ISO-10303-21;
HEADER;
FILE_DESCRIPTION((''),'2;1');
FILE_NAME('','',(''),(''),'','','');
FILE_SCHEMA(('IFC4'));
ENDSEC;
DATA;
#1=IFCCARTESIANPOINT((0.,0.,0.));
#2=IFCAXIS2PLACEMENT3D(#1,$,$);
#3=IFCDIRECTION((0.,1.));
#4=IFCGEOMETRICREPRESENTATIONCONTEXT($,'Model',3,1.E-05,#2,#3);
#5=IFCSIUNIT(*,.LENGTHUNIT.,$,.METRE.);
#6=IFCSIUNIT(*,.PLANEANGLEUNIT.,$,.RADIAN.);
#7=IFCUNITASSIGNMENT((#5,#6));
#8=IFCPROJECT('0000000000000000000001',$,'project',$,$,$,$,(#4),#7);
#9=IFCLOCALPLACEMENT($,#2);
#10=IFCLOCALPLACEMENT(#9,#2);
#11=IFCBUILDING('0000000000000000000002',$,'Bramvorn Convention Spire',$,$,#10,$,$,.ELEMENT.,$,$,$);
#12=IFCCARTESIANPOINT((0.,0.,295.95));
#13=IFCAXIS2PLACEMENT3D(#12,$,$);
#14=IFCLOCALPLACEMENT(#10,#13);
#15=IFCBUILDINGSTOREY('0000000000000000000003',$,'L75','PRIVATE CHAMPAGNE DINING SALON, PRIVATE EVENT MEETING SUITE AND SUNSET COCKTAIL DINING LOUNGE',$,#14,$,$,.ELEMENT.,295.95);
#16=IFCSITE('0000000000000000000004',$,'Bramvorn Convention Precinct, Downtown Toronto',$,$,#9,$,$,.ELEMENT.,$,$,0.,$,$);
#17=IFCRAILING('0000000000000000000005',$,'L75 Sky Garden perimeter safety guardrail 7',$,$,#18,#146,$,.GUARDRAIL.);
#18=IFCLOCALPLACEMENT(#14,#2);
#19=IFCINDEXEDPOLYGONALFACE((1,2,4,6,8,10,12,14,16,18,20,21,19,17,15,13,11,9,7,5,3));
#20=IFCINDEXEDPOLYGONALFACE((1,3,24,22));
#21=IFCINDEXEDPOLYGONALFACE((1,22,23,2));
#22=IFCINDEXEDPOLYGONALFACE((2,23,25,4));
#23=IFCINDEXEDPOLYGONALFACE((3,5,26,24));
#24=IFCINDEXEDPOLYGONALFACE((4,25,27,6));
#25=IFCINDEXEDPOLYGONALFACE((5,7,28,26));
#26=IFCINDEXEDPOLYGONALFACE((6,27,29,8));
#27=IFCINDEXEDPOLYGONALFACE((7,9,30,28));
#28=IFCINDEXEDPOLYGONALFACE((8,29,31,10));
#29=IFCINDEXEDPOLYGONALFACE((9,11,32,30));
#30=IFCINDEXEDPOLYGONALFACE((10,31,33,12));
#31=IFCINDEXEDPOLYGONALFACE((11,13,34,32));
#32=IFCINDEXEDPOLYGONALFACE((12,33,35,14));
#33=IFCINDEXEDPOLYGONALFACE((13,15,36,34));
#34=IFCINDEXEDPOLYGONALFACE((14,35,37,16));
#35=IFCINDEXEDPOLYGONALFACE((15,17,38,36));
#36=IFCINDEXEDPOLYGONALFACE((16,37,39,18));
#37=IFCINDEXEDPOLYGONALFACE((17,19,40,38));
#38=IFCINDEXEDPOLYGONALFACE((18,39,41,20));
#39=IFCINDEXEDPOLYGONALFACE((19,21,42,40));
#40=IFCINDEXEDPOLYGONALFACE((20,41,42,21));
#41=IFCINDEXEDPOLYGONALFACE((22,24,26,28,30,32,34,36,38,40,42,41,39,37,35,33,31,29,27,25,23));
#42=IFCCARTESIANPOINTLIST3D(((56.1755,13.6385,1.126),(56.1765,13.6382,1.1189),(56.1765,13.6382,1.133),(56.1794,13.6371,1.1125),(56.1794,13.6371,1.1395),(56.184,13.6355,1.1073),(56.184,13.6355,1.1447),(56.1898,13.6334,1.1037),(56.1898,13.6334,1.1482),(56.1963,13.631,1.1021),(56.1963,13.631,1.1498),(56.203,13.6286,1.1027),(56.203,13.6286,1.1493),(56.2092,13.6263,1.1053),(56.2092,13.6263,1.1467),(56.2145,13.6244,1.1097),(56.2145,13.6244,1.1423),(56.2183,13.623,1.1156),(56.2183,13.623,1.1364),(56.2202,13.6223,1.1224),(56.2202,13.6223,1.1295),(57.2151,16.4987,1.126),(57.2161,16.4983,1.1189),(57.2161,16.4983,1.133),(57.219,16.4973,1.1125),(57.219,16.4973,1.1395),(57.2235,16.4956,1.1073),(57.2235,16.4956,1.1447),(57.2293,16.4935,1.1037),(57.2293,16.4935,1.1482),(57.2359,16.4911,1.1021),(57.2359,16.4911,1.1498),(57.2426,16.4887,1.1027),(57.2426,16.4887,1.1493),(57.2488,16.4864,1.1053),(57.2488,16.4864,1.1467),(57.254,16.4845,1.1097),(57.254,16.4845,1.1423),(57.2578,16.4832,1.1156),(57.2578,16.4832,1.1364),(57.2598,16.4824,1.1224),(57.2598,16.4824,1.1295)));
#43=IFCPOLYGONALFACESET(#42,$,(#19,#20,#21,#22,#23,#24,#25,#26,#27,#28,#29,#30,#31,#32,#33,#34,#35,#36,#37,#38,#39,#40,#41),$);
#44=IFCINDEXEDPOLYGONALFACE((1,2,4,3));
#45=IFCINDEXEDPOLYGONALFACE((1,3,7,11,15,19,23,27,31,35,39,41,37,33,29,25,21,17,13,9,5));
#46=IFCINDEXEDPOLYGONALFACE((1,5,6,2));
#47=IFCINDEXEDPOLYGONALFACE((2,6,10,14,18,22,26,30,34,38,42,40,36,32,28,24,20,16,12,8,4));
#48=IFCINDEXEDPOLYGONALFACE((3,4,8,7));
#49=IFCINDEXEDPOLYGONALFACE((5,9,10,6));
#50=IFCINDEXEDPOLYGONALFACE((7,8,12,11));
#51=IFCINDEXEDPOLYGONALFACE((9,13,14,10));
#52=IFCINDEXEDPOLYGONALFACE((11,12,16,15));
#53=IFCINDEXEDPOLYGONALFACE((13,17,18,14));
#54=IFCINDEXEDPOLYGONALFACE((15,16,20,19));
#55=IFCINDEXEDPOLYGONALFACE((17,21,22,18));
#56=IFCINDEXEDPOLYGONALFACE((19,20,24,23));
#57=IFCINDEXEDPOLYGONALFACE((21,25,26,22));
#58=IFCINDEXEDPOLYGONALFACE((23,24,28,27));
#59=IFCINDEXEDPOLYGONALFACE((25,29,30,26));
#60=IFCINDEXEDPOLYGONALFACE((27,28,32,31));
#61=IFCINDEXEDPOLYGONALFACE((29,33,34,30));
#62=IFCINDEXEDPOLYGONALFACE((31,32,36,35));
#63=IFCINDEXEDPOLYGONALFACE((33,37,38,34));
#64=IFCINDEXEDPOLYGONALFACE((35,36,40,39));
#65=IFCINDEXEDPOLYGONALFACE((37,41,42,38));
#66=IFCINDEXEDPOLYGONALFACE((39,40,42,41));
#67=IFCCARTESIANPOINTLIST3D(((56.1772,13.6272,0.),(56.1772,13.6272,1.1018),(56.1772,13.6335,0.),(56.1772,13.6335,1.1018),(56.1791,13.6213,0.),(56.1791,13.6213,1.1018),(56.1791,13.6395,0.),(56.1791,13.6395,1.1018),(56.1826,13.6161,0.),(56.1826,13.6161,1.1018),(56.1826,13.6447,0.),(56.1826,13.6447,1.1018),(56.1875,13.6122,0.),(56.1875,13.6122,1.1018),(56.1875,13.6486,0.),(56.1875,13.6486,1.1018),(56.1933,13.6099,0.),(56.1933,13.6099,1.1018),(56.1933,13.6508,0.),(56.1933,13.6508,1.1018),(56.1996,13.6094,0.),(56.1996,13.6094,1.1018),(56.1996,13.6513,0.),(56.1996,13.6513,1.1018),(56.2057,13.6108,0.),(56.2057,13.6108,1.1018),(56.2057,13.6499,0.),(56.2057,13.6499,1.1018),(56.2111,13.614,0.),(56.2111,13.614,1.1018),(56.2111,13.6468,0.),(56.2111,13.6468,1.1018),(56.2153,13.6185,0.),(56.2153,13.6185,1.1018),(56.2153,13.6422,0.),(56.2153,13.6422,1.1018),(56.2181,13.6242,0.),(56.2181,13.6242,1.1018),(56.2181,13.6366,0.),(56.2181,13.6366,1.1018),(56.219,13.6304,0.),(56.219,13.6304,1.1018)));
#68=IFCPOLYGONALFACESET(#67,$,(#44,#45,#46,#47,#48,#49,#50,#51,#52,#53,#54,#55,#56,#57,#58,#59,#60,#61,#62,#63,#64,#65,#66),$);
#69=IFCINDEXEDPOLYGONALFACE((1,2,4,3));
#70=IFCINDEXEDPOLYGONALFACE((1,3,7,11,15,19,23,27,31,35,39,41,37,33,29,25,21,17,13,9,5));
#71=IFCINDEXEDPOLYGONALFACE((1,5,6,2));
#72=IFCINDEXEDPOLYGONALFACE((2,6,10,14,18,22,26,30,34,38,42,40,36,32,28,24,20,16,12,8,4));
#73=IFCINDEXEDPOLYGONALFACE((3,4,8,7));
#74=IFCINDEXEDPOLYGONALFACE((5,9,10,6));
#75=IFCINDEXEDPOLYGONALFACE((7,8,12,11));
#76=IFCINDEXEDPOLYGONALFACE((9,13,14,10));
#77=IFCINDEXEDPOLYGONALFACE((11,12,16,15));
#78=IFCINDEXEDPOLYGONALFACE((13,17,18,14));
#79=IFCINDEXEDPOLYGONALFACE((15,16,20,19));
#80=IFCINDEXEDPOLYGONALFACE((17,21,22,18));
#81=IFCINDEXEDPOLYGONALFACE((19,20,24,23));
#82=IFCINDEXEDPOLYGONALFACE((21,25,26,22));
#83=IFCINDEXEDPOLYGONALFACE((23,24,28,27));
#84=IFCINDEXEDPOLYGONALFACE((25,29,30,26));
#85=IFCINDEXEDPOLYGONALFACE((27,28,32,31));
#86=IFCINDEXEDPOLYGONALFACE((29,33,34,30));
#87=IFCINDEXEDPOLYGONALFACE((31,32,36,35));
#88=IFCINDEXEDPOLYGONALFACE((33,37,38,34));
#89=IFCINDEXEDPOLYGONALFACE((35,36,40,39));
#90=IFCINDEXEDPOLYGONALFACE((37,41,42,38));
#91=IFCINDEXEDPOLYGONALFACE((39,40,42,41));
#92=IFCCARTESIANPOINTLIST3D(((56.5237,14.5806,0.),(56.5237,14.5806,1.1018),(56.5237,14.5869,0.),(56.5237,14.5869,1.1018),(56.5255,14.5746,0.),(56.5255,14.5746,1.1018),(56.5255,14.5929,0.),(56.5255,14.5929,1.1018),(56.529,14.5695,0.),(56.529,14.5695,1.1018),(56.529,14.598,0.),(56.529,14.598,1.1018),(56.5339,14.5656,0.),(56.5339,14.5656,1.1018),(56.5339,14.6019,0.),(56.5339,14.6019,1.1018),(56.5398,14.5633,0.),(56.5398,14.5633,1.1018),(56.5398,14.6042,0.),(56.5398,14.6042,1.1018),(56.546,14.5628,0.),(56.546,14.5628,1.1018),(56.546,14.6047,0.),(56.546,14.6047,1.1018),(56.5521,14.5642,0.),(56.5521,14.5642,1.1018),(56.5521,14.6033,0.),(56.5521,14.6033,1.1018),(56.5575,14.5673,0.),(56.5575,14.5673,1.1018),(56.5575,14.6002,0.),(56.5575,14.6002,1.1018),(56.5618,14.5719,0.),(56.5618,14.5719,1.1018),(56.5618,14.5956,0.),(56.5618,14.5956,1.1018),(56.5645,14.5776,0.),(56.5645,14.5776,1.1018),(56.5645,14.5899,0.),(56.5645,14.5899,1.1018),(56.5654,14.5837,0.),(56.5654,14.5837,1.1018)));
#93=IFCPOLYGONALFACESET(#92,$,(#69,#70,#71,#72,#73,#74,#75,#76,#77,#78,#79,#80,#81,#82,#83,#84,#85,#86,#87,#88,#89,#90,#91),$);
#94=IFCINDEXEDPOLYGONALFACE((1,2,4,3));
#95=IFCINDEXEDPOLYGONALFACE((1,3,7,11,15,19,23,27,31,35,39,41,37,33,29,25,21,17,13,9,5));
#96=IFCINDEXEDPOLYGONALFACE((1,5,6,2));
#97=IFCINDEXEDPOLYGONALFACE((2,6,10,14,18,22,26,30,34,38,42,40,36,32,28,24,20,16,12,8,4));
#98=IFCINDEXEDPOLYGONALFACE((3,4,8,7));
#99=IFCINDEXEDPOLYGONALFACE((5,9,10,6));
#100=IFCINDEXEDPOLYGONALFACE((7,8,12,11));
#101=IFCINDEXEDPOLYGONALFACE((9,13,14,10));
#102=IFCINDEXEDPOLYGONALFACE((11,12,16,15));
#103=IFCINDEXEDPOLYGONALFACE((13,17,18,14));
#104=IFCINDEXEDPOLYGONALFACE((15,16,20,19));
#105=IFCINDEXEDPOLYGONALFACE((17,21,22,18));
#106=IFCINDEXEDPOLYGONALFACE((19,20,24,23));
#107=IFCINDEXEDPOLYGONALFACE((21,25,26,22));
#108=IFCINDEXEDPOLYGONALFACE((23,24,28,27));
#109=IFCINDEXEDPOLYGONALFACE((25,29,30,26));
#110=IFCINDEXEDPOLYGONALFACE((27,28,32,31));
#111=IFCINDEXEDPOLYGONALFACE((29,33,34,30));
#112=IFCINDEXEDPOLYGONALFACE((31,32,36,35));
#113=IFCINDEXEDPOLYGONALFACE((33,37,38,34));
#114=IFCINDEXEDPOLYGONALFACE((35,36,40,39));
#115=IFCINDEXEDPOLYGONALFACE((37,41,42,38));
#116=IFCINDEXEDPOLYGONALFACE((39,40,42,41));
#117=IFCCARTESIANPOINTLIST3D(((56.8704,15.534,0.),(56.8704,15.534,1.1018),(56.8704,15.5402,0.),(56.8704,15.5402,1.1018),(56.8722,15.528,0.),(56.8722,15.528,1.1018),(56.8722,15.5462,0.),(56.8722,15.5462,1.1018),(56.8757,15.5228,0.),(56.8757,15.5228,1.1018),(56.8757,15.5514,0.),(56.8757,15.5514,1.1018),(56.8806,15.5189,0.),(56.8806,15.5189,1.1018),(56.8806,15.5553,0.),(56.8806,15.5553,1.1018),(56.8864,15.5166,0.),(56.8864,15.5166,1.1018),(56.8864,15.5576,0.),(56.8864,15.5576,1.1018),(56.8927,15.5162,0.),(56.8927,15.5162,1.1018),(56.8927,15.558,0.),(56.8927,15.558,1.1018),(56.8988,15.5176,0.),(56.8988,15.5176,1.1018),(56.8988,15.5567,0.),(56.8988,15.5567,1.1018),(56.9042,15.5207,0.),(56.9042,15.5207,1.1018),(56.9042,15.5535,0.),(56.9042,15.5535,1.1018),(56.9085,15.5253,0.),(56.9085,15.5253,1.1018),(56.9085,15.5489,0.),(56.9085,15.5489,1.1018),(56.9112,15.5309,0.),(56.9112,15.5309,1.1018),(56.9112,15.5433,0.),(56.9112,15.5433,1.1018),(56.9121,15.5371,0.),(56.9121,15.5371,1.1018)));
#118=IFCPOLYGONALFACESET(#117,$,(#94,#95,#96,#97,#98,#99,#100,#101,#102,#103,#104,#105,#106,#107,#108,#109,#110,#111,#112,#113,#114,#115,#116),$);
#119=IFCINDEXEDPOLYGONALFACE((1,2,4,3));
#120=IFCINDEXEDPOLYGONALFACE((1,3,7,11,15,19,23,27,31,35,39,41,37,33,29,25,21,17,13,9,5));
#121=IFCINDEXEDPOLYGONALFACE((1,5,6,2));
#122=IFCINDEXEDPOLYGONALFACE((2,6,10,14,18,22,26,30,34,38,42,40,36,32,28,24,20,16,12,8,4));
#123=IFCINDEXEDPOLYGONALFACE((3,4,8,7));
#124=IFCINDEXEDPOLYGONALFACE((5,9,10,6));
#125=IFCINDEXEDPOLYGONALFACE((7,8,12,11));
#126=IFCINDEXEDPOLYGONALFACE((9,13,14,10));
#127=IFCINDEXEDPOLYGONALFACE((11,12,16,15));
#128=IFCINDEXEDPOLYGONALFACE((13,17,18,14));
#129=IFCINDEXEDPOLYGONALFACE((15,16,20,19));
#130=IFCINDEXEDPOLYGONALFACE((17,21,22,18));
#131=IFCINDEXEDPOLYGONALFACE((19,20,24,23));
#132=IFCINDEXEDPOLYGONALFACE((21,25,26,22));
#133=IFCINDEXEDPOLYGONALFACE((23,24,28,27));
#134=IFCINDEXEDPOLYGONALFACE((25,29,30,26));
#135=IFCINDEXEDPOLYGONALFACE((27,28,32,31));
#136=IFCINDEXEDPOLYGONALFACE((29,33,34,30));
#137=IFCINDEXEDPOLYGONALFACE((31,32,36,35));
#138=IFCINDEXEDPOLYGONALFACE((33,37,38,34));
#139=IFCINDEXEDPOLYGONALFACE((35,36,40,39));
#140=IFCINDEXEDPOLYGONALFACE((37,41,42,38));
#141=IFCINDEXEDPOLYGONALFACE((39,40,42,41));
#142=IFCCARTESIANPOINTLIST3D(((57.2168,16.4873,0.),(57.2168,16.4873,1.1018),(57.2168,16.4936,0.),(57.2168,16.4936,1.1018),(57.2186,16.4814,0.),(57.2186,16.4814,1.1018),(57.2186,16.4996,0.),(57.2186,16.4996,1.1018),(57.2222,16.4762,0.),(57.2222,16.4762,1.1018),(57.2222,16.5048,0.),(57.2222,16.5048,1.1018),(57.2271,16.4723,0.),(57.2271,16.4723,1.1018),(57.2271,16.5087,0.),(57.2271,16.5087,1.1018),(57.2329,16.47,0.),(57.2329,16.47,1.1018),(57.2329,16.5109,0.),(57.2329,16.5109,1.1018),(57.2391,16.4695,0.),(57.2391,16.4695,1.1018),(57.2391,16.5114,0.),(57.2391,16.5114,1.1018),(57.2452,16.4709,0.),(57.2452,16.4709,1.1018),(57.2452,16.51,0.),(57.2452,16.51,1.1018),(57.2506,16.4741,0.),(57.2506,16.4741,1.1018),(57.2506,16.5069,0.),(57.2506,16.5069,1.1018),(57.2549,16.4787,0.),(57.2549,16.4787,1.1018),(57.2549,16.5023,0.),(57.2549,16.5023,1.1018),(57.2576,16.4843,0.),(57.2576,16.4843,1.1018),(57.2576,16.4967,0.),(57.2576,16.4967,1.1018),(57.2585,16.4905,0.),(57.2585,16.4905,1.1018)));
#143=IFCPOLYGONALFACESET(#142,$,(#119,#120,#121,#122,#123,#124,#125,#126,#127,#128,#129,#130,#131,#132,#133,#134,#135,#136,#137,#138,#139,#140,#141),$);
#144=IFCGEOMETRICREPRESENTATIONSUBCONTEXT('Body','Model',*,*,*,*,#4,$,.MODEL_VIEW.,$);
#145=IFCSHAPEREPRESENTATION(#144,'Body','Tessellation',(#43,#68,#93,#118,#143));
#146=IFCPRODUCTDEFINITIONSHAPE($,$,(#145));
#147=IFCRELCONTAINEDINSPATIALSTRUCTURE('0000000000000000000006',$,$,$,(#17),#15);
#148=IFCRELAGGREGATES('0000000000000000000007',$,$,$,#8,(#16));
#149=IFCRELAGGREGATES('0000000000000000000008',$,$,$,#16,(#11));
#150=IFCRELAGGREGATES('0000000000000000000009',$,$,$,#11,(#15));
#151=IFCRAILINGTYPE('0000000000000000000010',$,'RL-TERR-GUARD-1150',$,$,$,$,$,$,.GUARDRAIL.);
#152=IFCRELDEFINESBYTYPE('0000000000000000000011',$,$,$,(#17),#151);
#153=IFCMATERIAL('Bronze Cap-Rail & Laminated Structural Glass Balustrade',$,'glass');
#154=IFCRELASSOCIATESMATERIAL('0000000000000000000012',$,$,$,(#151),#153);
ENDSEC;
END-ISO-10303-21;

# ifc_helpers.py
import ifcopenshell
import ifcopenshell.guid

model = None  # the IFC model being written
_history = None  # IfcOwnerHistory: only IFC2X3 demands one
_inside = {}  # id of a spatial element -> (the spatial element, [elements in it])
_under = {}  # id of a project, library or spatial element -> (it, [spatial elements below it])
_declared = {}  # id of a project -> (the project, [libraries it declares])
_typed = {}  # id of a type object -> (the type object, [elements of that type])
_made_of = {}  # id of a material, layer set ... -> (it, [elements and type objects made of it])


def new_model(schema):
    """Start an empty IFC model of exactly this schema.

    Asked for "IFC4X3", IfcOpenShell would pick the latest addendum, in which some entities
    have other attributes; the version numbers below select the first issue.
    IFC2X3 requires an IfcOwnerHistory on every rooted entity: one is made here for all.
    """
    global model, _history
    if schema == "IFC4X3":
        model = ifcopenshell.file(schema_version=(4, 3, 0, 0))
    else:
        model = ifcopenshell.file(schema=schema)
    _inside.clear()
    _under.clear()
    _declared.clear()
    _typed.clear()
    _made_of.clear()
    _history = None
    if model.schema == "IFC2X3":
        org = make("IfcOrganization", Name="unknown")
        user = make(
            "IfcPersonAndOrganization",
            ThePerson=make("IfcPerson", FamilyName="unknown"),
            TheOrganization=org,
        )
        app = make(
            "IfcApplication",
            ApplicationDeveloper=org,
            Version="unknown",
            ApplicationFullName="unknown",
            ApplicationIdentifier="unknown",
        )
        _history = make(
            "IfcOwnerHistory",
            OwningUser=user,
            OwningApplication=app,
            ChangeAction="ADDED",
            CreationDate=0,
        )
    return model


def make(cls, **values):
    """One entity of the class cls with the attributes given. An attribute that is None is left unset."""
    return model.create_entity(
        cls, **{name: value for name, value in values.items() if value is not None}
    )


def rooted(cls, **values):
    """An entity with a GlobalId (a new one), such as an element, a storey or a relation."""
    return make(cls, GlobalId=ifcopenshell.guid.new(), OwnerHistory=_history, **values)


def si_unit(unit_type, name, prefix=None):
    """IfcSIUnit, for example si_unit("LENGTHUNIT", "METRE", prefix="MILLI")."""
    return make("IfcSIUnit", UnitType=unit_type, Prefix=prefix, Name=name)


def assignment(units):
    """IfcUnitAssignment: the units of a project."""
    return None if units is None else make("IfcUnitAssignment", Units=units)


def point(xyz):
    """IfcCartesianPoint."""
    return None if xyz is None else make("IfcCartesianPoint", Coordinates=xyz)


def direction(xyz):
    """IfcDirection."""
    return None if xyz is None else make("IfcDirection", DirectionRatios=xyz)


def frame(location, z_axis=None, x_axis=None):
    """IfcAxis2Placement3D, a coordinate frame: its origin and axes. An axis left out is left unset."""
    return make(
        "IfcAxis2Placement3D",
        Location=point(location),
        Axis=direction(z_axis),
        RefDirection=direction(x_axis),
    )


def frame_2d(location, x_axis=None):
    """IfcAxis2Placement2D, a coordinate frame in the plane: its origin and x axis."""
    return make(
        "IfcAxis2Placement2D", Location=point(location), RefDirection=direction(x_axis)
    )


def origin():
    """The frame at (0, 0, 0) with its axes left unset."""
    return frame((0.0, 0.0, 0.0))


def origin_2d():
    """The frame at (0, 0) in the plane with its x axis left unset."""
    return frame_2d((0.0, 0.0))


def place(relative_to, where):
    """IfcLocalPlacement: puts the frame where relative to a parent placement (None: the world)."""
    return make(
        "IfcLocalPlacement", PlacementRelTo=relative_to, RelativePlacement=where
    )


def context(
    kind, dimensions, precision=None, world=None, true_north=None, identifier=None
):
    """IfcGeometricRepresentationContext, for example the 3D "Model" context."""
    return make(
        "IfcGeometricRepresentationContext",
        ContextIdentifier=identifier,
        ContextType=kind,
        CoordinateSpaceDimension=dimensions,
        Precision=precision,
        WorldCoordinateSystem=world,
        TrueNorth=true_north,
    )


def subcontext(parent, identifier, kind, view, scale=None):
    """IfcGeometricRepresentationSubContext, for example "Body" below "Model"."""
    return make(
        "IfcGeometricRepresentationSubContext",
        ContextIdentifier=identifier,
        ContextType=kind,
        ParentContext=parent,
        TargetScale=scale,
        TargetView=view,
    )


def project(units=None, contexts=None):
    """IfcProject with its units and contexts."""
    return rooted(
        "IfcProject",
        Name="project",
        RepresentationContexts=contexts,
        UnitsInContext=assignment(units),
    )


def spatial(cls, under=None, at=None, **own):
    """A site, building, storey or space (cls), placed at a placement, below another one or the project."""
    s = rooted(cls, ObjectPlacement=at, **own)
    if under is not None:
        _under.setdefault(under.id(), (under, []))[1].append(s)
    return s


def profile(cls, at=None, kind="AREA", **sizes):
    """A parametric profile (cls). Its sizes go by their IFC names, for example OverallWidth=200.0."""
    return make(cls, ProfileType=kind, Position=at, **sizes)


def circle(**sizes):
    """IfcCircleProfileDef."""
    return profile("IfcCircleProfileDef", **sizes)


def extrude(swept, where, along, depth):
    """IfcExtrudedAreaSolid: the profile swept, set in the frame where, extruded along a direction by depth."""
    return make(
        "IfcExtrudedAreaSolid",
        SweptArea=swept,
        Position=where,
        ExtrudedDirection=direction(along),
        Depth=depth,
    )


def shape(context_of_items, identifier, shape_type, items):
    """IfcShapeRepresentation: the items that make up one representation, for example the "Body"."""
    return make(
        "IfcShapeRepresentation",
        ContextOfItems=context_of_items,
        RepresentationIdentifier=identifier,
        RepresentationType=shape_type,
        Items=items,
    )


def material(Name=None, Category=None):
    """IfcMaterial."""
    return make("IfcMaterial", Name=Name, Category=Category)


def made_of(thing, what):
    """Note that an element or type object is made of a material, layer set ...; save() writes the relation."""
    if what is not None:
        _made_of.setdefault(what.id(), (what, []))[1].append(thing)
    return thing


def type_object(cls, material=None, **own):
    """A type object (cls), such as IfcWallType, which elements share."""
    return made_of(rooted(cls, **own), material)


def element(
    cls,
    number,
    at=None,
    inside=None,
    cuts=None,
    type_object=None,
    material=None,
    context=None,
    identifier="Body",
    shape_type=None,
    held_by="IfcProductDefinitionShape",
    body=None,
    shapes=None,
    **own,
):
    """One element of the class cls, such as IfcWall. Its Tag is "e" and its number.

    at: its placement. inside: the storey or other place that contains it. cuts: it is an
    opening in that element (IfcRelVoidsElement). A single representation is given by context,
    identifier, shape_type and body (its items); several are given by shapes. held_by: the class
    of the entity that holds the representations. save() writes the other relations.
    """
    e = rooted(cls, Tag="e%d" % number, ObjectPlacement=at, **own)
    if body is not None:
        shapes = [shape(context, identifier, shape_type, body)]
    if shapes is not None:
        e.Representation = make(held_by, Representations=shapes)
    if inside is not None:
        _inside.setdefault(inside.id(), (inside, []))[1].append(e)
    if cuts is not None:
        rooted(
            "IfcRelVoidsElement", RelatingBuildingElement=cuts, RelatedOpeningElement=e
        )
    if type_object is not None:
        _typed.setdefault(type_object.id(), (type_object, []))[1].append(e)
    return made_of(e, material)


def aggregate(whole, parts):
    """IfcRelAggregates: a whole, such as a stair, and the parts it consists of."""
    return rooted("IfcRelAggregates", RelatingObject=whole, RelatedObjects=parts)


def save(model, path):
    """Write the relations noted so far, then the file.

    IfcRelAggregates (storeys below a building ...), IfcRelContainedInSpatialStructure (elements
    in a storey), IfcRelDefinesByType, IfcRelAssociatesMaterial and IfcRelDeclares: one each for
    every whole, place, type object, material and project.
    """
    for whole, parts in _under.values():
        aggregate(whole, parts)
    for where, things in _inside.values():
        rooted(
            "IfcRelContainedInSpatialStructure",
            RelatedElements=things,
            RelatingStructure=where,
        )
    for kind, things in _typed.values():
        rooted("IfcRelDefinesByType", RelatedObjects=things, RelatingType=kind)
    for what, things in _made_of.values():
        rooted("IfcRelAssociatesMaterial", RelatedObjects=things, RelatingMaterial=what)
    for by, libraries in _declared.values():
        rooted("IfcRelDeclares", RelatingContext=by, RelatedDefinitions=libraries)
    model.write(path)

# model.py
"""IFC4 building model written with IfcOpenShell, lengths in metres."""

from ifc_helpers import new_model, si_unit, direction, frame, origin, origin_2d, place, context, subcontext, project, spatial, circle, extrude, material, type_object, element, save


model = new_model("IFC4")

# Units and contexts
model_context = context("Model", 3, precision=1e-05, world=origin(), true_north=direction((0.0, 1.0)))
body_context = subcontext(model_context, "Body", "Model", "MODEL_VIEW")
ifc_project = project(units=[si_unit("LENGTHUNIT", "METRE"), si_unit("PLANEANGLEUNIT", "RADIAN")], contexts=[model_context])

# Site, building, storey
site_placement = place(None, origin())
site = spatial("IfcSite", under=ifc_project, at=site_placement, Name="Bramvorn Convention Precinct, Downtown Toronto", CompositionType="ELEMENT", RefElevation=0.0)
building_placement = place(site_placement, origin())
building = spatial("IfcBuilding", under=site, at=building_placement, Name="Bramvorn Convention Spire", CompositionType="ELEMENT")
storey_placement = place(building_placement, frame((0.0, 0.0, 295.95)))
storey = spatial("IfcBuildingStorey", under=building, at=storey_placement, Name="L75", Description="PRIVATE CHAMPAGNE DINING SALON, PRIVATE EVENT MEETING SUITE AND SUNSET COCKTAIL DINING LOUNGE", CompositionType="ELEMENT", Elevation=295.95)

# Railing
ifc_material_1 = material(Name="Bronze Cap-Rail & Laminated Structural Glass Balustrade", Category="glass")
railing_type = type_object("IfcRailingType", Name="RL-TERR-GUARD-1150", PredefinedType="GUARDRAIL", material=ifc_material_1)
railing_1_placement = place(storey_placement, frame((56.198, 13.6304, 0.0)))
element("IfcRailing", 1, at=railing_1_placement, inside=storey, type_object=railing_type, Name="L75 Sky Garden perimeter safety guardrail 7", PredefinedType="GUARDRAIL", context=body_context, shape_type="SweptSolid", body=[
    extrude(circle(Radius=0.0239, at=origin_2d()), frame((0.0, 0.0, 1.126), z_axis=(0.341601, 0.939845, 0.0), x_axis=(-0.939845, 0.341601, 0.0)), (0.0, 0.0, 1.0), 3.0432),
    extrude(circle(Radius=0.021, at=origin_2d()), origin(), (0.0, 0.0, 1.0), 1.1018),
    extrude(circle(Radius=0.021, at=origin_2d()), frame((0.3464, 0.9534, 0.0)), (0.0, 0.0, 1.0), 1.1018),
    extrude(circle(Radius=0.021, at=origin_2d()), frame((0.6931, 1.9067, 0.0)), (0.0, 0.0, 1.0), 1.1018),
    extrude(circle(Radius=0.021, at=origin_2d()), frame((1.0396, 2.8601, 0.0)), (0.0, 0.0, 1.0), 1.1018),
])

save(model, "model.ifc")
